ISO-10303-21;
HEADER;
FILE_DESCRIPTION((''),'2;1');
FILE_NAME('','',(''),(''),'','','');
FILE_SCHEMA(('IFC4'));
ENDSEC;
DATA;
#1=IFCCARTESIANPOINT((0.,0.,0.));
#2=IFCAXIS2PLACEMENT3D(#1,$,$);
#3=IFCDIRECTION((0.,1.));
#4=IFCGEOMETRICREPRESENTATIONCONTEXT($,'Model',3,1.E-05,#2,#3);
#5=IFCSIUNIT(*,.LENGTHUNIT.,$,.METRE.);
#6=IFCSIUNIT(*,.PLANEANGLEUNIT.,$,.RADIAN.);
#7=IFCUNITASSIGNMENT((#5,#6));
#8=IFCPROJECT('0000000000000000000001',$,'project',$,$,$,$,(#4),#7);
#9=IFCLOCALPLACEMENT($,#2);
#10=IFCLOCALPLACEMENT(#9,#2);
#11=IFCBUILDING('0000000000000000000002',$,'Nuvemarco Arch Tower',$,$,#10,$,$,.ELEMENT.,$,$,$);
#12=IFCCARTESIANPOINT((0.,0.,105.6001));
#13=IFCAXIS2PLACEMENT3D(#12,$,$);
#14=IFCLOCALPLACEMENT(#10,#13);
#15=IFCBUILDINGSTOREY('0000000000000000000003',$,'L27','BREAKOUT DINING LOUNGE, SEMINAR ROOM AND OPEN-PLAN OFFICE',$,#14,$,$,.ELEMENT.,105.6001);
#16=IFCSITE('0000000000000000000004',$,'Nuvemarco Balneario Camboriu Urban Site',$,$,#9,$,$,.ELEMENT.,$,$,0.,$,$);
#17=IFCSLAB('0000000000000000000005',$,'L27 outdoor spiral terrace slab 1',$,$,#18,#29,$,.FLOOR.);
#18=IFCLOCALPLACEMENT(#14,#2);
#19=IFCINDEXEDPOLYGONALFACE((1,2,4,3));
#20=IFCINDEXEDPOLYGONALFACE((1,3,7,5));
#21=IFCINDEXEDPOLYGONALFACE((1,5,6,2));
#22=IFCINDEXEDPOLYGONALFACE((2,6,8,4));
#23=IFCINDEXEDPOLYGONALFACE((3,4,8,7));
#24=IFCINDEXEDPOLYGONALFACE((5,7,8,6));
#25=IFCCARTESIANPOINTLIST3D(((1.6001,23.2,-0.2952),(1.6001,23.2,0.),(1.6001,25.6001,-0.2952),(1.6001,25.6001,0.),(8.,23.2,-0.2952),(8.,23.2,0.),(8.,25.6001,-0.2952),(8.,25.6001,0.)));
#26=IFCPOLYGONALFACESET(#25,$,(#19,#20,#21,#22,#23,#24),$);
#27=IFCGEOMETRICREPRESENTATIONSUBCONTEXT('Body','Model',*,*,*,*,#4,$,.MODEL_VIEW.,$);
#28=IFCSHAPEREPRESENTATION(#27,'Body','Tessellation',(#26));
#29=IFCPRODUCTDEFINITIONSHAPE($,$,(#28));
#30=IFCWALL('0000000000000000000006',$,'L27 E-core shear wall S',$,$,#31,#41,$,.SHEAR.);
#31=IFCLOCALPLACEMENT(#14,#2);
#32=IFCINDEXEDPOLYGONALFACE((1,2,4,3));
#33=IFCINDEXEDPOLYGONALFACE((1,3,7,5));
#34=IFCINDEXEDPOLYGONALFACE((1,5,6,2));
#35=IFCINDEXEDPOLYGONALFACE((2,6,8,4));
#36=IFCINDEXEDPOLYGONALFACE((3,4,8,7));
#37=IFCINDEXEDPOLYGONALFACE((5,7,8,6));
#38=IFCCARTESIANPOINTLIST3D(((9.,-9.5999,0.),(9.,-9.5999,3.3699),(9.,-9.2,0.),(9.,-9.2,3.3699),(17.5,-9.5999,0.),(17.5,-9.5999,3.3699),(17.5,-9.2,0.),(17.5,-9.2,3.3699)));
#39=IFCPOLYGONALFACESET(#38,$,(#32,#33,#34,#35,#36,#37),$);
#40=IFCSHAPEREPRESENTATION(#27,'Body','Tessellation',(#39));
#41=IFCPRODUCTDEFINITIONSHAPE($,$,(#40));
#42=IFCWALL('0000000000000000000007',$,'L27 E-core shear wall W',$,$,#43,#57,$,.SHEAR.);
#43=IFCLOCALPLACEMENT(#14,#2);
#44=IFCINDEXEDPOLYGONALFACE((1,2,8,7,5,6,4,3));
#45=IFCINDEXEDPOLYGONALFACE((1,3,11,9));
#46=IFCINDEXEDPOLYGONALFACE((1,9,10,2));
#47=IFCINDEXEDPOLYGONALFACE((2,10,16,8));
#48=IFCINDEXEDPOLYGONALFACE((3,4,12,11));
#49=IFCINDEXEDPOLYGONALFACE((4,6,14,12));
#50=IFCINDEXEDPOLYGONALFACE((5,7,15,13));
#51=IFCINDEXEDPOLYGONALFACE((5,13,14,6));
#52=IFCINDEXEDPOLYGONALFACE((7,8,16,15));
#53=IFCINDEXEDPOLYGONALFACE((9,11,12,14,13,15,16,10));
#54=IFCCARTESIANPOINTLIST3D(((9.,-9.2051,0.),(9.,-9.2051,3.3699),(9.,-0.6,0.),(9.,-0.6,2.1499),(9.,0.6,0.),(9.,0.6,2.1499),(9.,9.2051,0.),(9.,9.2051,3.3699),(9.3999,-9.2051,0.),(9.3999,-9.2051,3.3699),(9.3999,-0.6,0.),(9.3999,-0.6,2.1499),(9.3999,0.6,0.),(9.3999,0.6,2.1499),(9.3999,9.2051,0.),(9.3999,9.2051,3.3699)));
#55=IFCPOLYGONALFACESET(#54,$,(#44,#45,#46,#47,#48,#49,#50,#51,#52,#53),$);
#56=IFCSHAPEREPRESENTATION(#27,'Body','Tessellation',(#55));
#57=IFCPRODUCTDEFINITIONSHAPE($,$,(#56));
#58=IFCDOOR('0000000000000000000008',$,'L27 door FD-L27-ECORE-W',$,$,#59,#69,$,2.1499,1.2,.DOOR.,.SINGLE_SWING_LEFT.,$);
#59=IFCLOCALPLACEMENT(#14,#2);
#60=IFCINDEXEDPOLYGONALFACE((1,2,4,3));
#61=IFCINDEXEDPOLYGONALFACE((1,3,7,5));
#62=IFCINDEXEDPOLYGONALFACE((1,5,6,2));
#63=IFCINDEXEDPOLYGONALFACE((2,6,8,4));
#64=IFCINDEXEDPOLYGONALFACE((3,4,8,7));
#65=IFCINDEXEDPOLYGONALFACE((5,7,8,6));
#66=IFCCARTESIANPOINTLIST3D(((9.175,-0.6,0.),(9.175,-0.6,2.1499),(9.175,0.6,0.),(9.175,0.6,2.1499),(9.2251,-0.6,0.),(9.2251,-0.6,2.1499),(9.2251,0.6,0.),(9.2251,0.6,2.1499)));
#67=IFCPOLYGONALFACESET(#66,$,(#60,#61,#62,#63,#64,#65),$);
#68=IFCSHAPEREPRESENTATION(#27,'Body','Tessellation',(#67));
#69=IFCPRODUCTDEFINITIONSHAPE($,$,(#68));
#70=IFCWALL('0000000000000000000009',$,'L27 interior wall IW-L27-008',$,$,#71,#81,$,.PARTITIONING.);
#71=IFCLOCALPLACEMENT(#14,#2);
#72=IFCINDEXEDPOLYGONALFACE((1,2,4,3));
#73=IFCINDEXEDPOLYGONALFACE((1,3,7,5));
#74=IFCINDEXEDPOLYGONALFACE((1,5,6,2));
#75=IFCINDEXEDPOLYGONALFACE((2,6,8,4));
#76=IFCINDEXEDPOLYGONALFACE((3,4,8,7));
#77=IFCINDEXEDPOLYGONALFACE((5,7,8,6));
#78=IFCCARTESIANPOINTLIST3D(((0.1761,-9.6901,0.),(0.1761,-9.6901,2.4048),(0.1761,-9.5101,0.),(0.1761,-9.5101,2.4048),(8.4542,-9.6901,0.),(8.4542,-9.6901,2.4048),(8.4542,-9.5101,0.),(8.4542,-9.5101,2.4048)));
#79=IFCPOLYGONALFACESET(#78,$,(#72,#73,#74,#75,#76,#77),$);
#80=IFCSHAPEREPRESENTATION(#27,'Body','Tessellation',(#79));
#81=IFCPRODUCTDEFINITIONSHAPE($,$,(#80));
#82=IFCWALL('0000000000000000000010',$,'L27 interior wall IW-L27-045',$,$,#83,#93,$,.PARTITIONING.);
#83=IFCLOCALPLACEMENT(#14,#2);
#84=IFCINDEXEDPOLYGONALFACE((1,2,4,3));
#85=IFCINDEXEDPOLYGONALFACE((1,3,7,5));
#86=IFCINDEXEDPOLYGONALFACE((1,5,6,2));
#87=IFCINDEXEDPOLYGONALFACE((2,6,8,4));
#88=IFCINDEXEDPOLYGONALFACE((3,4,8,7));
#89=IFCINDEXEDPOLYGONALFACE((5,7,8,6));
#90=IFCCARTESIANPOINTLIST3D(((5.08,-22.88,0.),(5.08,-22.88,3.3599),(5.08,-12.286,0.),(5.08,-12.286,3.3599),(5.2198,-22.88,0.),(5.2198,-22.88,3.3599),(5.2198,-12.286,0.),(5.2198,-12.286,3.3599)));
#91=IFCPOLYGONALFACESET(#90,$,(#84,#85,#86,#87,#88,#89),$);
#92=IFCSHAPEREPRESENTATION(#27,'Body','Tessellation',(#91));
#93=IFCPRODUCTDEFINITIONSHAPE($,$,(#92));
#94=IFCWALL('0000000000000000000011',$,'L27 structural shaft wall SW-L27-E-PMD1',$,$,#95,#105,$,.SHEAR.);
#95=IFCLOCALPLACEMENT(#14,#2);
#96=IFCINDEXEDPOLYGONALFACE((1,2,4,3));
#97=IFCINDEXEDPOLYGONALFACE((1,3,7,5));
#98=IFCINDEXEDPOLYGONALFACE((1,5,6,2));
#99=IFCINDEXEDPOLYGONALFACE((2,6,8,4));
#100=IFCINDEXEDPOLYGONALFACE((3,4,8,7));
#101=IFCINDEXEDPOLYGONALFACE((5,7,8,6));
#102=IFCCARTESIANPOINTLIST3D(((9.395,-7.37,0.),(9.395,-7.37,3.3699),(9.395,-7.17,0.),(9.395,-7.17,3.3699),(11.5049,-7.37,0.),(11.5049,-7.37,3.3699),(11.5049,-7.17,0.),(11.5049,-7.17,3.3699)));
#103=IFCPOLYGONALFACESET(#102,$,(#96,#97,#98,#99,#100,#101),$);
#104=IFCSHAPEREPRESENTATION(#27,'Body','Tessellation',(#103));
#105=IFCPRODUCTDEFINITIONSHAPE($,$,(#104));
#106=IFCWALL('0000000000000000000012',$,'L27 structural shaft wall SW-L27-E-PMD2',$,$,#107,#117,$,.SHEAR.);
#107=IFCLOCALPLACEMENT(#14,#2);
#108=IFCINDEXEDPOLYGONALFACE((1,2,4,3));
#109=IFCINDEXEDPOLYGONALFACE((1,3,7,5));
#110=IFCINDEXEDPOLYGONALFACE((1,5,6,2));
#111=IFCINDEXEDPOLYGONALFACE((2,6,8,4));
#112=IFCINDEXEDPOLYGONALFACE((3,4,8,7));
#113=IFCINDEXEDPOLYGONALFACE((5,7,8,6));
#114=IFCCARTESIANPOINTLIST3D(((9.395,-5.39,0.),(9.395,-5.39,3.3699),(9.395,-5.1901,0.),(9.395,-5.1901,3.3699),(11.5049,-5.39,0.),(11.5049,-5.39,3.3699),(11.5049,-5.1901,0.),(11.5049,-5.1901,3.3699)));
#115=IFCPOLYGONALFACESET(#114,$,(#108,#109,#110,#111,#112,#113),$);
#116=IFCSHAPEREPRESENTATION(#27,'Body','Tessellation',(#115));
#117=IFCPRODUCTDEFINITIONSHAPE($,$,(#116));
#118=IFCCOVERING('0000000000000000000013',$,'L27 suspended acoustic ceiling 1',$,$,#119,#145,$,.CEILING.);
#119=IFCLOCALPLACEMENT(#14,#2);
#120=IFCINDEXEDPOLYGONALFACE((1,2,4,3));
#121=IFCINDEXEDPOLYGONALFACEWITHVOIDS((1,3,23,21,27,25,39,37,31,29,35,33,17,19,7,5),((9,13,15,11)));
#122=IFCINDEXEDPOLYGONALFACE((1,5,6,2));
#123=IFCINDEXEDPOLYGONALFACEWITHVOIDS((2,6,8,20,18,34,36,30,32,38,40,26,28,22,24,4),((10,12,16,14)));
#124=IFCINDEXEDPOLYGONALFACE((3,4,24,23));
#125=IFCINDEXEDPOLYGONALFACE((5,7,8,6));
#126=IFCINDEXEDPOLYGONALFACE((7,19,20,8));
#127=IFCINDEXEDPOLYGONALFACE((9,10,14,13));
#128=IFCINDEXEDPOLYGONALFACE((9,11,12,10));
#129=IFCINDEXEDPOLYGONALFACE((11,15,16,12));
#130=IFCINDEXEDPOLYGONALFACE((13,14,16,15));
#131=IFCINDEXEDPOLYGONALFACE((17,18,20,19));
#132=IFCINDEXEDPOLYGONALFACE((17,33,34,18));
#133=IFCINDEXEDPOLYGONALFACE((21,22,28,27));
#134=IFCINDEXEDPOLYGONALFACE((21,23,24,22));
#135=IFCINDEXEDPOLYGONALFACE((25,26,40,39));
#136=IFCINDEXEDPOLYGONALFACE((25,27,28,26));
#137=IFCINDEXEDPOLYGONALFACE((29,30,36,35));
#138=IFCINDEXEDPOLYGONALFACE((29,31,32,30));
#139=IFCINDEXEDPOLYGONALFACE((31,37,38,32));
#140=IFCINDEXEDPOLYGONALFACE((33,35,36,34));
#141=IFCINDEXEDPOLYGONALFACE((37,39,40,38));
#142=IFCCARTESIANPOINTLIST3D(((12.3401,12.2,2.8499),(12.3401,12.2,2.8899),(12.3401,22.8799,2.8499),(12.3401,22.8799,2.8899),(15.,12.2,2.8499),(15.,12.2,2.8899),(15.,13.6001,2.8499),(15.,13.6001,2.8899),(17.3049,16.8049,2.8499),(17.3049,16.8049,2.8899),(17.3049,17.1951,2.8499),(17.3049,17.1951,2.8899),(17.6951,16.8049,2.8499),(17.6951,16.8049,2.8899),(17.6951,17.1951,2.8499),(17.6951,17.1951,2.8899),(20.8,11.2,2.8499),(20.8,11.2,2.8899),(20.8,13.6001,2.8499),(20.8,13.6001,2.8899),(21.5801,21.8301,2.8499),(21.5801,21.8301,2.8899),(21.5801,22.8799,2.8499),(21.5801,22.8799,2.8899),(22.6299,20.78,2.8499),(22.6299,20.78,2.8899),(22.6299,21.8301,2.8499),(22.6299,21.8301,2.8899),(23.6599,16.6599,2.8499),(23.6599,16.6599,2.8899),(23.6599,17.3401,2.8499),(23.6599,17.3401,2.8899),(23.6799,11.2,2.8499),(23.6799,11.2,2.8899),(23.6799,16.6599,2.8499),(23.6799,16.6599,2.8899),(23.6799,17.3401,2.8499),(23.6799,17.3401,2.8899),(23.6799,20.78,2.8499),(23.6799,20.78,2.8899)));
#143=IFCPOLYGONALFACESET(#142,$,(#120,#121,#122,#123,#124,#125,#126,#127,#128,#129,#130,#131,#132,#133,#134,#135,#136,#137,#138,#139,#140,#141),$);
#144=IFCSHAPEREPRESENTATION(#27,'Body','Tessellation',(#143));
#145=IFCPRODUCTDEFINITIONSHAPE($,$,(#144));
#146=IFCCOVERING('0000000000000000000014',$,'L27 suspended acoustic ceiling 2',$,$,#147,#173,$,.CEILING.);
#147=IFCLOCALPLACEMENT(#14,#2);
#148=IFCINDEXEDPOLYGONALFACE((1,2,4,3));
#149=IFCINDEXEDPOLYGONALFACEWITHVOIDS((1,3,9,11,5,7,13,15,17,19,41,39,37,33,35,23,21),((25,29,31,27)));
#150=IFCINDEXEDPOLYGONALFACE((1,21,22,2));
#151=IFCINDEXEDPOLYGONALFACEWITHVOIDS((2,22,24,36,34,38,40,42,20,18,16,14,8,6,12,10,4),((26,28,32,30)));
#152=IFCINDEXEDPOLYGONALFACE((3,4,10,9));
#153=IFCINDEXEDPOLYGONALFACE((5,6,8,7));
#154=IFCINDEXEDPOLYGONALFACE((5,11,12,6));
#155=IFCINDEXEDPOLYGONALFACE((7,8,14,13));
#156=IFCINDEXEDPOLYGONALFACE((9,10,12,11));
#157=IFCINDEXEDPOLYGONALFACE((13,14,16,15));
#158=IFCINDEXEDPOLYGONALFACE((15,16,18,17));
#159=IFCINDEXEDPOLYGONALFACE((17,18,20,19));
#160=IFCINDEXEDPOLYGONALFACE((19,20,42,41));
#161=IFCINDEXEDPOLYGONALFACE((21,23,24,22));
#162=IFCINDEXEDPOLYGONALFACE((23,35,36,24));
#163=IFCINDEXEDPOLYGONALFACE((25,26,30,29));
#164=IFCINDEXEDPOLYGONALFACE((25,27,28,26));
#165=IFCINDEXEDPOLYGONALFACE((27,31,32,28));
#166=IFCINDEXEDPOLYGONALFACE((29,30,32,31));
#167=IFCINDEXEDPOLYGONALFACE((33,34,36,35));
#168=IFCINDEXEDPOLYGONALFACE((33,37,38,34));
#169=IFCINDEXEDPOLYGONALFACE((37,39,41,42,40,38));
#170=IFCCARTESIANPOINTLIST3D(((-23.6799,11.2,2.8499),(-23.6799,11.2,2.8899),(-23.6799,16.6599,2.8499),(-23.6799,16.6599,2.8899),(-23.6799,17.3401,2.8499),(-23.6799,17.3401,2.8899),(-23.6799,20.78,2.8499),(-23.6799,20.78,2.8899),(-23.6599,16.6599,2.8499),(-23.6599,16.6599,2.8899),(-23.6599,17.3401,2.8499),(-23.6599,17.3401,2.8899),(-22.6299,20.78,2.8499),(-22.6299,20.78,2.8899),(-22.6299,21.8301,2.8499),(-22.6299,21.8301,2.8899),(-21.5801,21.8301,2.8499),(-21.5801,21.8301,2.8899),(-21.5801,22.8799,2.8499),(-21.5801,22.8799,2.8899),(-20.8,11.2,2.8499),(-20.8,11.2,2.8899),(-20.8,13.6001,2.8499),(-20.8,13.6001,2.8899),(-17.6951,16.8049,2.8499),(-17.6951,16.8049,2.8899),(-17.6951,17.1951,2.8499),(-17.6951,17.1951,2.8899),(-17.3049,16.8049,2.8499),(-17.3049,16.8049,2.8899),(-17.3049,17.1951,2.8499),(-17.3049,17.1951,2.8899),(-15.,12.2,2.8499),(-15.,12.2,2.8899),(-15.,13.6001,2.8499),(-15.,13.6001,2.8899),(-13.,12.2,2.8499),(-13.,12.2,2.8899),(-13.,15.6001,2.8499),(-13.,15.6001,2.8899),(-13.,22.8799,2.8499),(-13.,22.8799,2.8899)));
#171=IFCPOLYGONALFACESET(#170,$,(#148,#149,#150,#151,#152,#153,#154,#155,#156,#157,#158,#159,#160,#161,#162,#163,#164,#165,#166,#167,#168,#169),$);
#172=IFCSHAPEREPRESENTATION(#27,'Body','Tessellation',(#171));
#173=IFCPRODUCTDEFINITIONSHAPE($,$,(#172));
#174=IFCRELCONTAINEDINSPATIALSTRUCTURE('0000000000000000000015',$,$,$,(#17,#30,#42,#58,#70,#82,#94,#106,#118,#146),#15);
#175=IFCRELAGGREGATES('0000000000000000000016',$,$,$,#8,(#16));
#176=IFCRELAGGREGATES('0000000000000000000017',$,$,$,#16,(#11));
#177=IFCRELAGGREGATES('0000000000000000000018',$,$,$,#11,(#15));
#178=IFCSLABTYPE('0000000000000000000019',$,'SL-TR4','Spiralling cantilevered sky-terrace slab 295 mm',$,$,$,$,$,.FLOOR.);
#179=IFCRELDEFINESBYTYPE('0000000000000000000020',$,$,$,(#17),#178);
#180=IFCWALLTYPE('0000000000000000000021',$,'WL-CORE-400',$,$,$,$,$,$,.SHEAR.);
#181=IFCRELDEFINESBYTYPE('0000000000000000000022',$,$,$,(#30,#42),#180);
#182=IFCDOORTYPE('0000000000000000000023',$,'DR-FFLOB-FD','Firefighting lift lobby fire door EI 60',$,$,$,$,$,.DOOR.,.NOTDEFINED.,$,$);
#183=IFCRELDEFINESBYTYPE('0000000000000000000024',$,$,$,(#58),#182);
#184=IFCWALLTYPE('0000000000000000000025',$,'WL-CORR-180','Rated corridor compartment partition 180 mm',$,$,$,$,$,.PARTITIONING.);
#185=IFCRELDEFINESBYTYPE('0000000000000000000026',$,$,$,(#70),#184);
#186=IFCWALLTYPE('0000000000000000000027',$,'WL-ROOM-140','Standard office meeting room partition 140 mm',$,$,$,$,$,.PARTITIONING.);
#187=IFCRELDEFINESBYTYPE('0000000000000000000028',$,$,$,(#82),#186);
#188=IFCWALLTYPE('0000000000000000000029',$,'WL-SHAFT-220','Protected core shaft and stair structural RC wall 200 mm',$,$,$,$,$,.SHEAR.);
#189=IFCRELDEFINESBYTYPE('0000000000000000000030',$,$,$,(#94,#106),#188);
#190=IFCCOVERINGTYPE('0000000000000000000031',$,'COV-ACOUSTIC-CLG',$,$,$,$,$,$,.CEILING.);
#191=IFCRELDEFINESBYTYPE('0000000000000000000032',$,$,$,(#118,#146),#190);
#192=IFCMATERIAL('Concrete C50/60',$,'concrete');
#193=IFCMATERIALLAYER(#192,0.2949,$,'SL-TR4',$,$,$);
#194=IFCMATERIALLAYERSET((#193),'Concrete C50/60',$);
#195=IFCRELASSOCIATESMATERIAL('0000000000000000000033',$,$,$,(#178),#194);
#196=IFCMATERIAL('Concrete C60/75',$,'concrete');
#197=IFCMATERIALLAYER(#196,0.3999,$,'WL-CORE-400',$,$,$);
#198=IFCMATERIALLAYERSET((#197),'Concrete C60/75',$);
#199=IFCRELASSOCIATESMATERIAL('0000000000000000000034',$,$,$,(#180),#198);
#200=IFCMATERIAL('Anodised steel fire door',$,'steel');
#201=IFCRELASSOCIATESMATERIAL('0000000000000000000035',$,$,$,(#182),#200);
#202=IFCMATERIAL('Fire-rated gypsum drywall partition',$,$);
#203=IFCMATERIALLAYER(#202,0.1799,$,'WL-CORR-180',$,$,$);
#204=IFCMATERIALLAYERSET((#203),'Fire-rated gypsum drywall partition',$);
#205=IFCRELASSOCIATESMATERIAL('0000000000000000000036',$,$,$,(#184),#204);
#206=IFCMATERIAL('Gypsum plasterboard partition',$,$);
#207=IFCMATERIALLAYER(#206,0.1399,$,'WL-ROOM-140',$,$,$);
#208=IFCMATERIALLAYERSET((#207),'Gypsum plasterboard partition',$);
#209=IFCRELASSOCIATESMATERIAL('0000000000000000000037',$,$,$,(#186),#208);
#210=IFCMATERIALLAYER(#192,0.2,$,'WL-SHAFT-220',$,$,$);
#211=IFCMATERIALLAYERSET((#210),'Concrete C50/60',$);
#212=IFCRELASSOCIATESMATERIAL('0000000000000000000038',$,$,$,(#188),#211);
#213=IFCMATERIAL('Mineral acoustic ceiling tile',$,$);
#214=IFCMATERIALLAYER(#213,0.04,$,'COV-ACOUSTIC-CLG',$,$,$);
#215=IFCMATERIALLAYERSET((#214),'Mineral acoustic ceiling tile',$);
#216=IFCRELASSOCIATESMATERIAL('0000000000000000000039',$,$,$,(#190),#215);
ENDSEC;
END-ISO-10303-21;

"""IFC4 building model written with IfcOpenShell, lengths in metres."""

from ifc_helpers import new_model, si_unit, direction, frame, frame_2d, origin, place, context, subcontext, project, spatial, polyline, rectangle, outline, extrude, source, transform, mapped, material, layer, layer_set, type_object, type_shapes, element, fill, save


model = new_model("IFC4")

# Units and contexts
model_context = context("Model", 3, precision=1e-05, world=origin(), true_north=direction((0.0, 1.0)))
body_context = subcontext(model_context, "Body", "Model", "MODEL_VIEW")
ifc_project = project(units=[si_unit("LENGTHUNIT", "METRE"), si_unit("PLANEANGLEUNIT", "RADIAN")], contexts=[model_context])

# Site, building, storey
site_placement = place(None, origin())
site = spatial("IfcSite", under=ifc_project, at=site_placement, Name="Nuvemarco Balneario Camboriu Urban Site", CompositionType="ELEMENT", RefElevation=0.0)
building_placement = place(site_placement, origin())
building = spatial("IfcBuilding", under=site, at=building_placement, Name="Nuvemarco Arch Tower", CompositionType="ELEMENT")
storey_placement = place(building_placement, frame((0.0, 0.0, 105.6001)))
storey = spatial("IfcBuildingStorey", under=building, at=storey_placement, Name="L27", Description="BREAKOUT DINING LOUNGE, SEMINAR ROOM AND OPEN-PLAN OFFICE", CompositionType="ELEMENT", Elevation=105.6001)

# Shared definitions
ifc_material_1 = material(Name="Concrete C60/75", Category="concrete")

# Shared definitions
ifc_material_2 = material(Name="Concrete C50/60", Category="concrete")

# Slab
ifc_layer_1 = layer(ifc_material_2, 0.2949, Name="SL-TR4")
ifc_layer_set_1 = layer_set([ifc_layer_1], Name="Concrete C50/60")
slab_type_1 = type_object("IfcSlabType", Name="SL-TR4", Description="Spiralling cantilevered sky-terrace slab 295 mm", PredefinedType="FLOOR", material=ifc_layer_set_1)
slab_1_placement = place(storey_placement, frame((0.0, 0.0, -0.2952)))
element("IfcSlab", 1, at=slab_1_placement, inside=storey, type_object=slab_type_1, Name="L27 outdoor spiral terrace slab 1", PredefinedType="FLOOR", context=body_context, shape_type="SweptSolid", body=[
    extrude(outline(polyline([(1.6001, 23.2), (8.0, 23.2), (8.0, 25.6001), (1.6001, 25.6001), (1.6001, 23.2)])), origin(), (0.0, 0.0, 1.0), 0.2952),
])

# Wall
ifc_layer_2 = layer(ifc_material_1, 0.3999, Name="WL-CORE-400")
ifc_layer_set_2 = layer_set([ifc_layer_2], Name="Concrete C60/75")
wall_type_1 = type_object("IfcWallType", Name="WL-CORE-400", PredefinedType="SHEAR", material=ifc_layer_set_2)
wall_1_placement = place(storey_placement, frame((9.0, -9.3999, 0.0), z_axis=(0.0, 0.0, 1.0), x_axis=(1.0, 0.0, 0.0)))
element("IfcWall", 2, at=wall_1_placement, inside=storey, type_object=wall_type_1, Name="L27 E-core shear wall S", PredefinedType="SHEAR", context=body_context, shape_type="SweptSolid", body=[
    extrude(rectangle(XDim=8.5, YDim=0.3999, at=frame_2d((4.25, 0.0))), origin(), (0.0, 0.0, 1.0), 3.3699),
])

# Wall, opening, door
wall_2_placement = place(storey_placement, frame((9.2, -9.2051, 0.0), z_axis=(0.0, 0.0, 1.0), x_axis=(0.0, 1.0, 0.0)))
wall_2 = element("IfcWall", 3, at=wall_2_placement, inside=storey, type_object=wall_type_1, Name="L27 E-core shear wall W", PredefinedType="SHEAR", context=body_context, shape_type="SweptSolid", body=[
    extrude(rectangle(XDim=18.4102, YDim=0.3999, at=frame_2d((9.2051, 0.0))), origin(), (0.0, 0.0, 1.0), 3.3699),
])
opening_placement = place(wall_2_placement, frame((8.605, 0.0, 0.0)))
opening = element("IfcOpeningElement", 4, at=opening_placement, cuts=wall_2, PredefinedType="OPENING", context=body_context, shape_type="SweptSolid", body=[
    extrude(rectangle(XDim=1.2, YDim=2.1499, at=frame_2d((0.6001, 1.075))), frame((0.0, 0.21, 0.0), z_axis=(0.0, -1.0, 0.0), x_axis=(1.0, 0.0, 0.0)), (0.0, 0.0, 1.0), 0.4199),
])
ifc_material_3 = material(Name="Anodised steel fire door", Category="steel")
door_type = type_object("IfcDoorType", Name="DR-FFLOB-FD", Description="Firefighting lift lobby fire door EI 60", OperationType="NOTDEFINED", PredefinedType="DOOR", material=ifc_material_3)
shared_shape_1 = source(origin(), body_context, "Body", "SweptSolid", [
    extrude(rectangle(XDim=1.2, YDim=2.1499, at=frame_2d((0.6001, 1.075))), frame((0.0, 0.0249, 0.0), z_axis=(0.0, -1.0, 0.0), x_axis=(1.0, 0.0, 0.0)), (0.0, 0.0, 1.0), 0.05),
])
type_shapes(door_type, [shared_shape_1])
door_placement = place(opening_placement, origin())
door = element("IfcDoor", 5, at=door_placement, inside=storey, type_object=door_type, Name="L27 door FD-L27-ECORE-W", OperationType="SINGLE_SWING_LEFT", OverallHeight=2.1499, OverallWidth=1.2, PredefinedType="DOOR", context=body_context, shape_type="MappedRepresentation", body=[
    mapped(shared_shape_1, transform((0.0, 0.0, 0.0), scale=1.0)),
])
fill(opening, door)

# Walls
ifc_material_4 = material(Name="Fire-rated gypsum drywall partition")
ifc_layer_3 = layer(ifc_material_4, 0.1799, Name="WL-CORR-180")
ifc_layer_set_3 = layer_set([ifc_layer_3], Name="Fire-rated gypsum drywall partition")
wall_type_2 = type_object("IfcWallType", Name="WL-CORR-180", Description="Rated corridor compartment partition 180 mm", PredefinedType="PARTITIONING", material=ifc_layer_set_3)
wall_3_placement = place(storey_placement, frame((0.176, -9.6001, 0.0), z_axis=(0.0, 0.0, 1.0), x_axis=(1.0, 0.0, 0.0)))
element("IfcWall", 6, at=wall_3_placement, inside=storey, type_object=wall_type_2, Name="L27 interior wall IW-L27-008", PredefinedType="PARTITIONING", context=body_context, shape_type="SweptSolid", body=[
    extrude(rectangle(XDim=8.2781, YDim=0.1799, at=frame_2d((4.1392, 0.0))), origin(), (0.0, 0.0, 1.0), 2.4048),
])
ifc_material_5 = material(Name="Gypsum plasterboard partition")
ifc_layer_4 = layer(ifc_material_5, 0.1399, Name="WL-ROOM-140")
ifc_layer_set_4 = layer_set([ifc_layer_4], Name="Gypsum plasterboard partition")
wall_type_3 = type_object("IfcWallType", Name="WL-ROOM-140", Description="Standard office meeting room partition 140 mm", PredefinedType="PARTITIONING", material=ifc_layer_set_4)
wall_4_placement = place(storey_placement, frame((5.1499, -22.8799, 0.0), z_axis=(0.0, 0.0, 1.0), x_axis=(0.0, 1.0, 0.0)))
element("IfcWall", 7, at=wall_4_placement, inside=storey, type_object=wall_type_3, Name="L27 interior wall IW-L27-045", PredefinedType="PARTITIONING", context=body_context, shape_type="SweptSolid", body=[
    extrude(rectangle(XDim=10.594, YDim=0.1399, at=frame_2d((5.2969, 0.0))), origin(), (0.0, 0.0, 1.0), 3.3599),
])
ifc_layer_5 = layer(ifc_material_2, 0.2, Name="WL-SHAFT-220")
ifc_layer_set_5 = layer_set([ifc_layer_5], Name="Concrete C50/60")
wall_type_4 = type_object("IfcWallType", Name="WL-SHAFT-220", Description="Protected core shaft and stair structural RC wall 200 mm", PredefinedType="SHEAR", material=ifc_layer_set_5)
for number, where, z_axis, x_axis, name in (
    (8, (9.395, -7.27, 0.0), (0.0, 0.0, 1.0), (1.0, 0.0, 0.0), "L27 structural shaft wall SW-L27-E-PMD1"),
    (9, (9.395, -5.29, 0.0), (0.0, 0.0, 1.0), (1.0, 0.0, 0.0), "L27 structural shaft wall SW-L27-E-PMD2"),
):
    element("IfcWall", number, at=place(storey_placement, frame(where, z_axis=z_axis, x_axis=x_axis)), inside=storey, type_object=wall_type_4, Name=name, PredefinedType="SHEAR", context=body_context, shape_type="SweptSolid", body=[
        extrude(rectangle(XDim=2.1099, YDim=0.2, at=frame_2d((1.0549, 0.0))), origin(), (0.0, 0.0, 1.0), 3.3699),
    ])

# Coverings
ifc_material_6 = material(Name="Mineral acoustic ceiling tile")
ifc_layer_6 = layer(ifc_material_6, 0.04, Name="COV-ACOUSTIC-CLG")
ifc_layer_set_6 = layer_set([ifc_layer_6], Name="Mineral acoustic ceiling tile")
covering_type = type_object("IfcCoveringType", Name="COV-ACOUSTIC-CLG", PredefinedType="CEILING", material=ifc_layer_set_6)
covering_1_placement = place(storey_placement, frame((0.0, 0.0, 2.8499)))
element("IfcCovering", 10, at=covering_1_placement, inside=storey, type_object=covering_type, Name="L27 suspended acoustic ceiling 1", PredefinedType="CEILING", context=body_context, shape_type="SweptSolid", body=[
    extrude(outline(polyline([(23.6799, 20.78), (23.6799, 17.3401), (23.6599, 17.3401), (23.6599, 16.6599), (23.6799, 16.6599), (23.6799, 11.2), (20.8, 11.2), (20.8, 13.6001), (15.0, 13.6001), (15.0, 12.2), (12.3401, 12.2), (12.3401, 22.8799), (21.5801, 22.8799), (21.5801, 21.8301), (22.6299, 21.8301), (22.6299, 20.78), (23.6799, 20.78)]), holes=[polyline([(17.6951, 16.8049), (17.6951, 17.1951), (17.3049, 17.1951), (17.3049, 16.8049), (17.6951, 16.8049)])]), origin(), (0.0, 0.0, 1.0), 0.04),
])
covering_2_placement = place(storey_placement, frame((0.0, 0.0, 2.8499)))
element("IfcCovering", 11, at=covering_2_placement, inside=storey, type_object=covering_type, Name="L27 suspended acoustic ceiling 2", PredefinedType="CEILING", context=body_context, shape_type="SweptSolid", body=[
    extrude(outline(polyline([(-23.6799, 11.2), (-23.6799, 16.6599), (-23.6599, 16.6599), (-23.6599, 17.3401), (-23.6799, 17.3401), (-23.6799, 20.78), (-22.6299, 20.78), (-22.6299, 21.8301), (-21.5801, 21.8301), (-21.5801, 22.8799), (-13.0, 22.8799), (-13.0, 15.6001), (-13.0, 12.2), (-15.0, 12.2), (-15.0, 13.6001), (-20.8, 13.6001), (-20.8, 11.2), (-23.6799, 11.2)]), holes=[polyline([(-17.3049, 16.8049), (-17.3049, 17.1951), (-17.6951, 17.1951), (-17.6951, 16.8049), (-17.3049, 16.8049)])]), origin(), (0.0, 0.0, 1.0), 0.04),
])

save(model, "model.ifc")
